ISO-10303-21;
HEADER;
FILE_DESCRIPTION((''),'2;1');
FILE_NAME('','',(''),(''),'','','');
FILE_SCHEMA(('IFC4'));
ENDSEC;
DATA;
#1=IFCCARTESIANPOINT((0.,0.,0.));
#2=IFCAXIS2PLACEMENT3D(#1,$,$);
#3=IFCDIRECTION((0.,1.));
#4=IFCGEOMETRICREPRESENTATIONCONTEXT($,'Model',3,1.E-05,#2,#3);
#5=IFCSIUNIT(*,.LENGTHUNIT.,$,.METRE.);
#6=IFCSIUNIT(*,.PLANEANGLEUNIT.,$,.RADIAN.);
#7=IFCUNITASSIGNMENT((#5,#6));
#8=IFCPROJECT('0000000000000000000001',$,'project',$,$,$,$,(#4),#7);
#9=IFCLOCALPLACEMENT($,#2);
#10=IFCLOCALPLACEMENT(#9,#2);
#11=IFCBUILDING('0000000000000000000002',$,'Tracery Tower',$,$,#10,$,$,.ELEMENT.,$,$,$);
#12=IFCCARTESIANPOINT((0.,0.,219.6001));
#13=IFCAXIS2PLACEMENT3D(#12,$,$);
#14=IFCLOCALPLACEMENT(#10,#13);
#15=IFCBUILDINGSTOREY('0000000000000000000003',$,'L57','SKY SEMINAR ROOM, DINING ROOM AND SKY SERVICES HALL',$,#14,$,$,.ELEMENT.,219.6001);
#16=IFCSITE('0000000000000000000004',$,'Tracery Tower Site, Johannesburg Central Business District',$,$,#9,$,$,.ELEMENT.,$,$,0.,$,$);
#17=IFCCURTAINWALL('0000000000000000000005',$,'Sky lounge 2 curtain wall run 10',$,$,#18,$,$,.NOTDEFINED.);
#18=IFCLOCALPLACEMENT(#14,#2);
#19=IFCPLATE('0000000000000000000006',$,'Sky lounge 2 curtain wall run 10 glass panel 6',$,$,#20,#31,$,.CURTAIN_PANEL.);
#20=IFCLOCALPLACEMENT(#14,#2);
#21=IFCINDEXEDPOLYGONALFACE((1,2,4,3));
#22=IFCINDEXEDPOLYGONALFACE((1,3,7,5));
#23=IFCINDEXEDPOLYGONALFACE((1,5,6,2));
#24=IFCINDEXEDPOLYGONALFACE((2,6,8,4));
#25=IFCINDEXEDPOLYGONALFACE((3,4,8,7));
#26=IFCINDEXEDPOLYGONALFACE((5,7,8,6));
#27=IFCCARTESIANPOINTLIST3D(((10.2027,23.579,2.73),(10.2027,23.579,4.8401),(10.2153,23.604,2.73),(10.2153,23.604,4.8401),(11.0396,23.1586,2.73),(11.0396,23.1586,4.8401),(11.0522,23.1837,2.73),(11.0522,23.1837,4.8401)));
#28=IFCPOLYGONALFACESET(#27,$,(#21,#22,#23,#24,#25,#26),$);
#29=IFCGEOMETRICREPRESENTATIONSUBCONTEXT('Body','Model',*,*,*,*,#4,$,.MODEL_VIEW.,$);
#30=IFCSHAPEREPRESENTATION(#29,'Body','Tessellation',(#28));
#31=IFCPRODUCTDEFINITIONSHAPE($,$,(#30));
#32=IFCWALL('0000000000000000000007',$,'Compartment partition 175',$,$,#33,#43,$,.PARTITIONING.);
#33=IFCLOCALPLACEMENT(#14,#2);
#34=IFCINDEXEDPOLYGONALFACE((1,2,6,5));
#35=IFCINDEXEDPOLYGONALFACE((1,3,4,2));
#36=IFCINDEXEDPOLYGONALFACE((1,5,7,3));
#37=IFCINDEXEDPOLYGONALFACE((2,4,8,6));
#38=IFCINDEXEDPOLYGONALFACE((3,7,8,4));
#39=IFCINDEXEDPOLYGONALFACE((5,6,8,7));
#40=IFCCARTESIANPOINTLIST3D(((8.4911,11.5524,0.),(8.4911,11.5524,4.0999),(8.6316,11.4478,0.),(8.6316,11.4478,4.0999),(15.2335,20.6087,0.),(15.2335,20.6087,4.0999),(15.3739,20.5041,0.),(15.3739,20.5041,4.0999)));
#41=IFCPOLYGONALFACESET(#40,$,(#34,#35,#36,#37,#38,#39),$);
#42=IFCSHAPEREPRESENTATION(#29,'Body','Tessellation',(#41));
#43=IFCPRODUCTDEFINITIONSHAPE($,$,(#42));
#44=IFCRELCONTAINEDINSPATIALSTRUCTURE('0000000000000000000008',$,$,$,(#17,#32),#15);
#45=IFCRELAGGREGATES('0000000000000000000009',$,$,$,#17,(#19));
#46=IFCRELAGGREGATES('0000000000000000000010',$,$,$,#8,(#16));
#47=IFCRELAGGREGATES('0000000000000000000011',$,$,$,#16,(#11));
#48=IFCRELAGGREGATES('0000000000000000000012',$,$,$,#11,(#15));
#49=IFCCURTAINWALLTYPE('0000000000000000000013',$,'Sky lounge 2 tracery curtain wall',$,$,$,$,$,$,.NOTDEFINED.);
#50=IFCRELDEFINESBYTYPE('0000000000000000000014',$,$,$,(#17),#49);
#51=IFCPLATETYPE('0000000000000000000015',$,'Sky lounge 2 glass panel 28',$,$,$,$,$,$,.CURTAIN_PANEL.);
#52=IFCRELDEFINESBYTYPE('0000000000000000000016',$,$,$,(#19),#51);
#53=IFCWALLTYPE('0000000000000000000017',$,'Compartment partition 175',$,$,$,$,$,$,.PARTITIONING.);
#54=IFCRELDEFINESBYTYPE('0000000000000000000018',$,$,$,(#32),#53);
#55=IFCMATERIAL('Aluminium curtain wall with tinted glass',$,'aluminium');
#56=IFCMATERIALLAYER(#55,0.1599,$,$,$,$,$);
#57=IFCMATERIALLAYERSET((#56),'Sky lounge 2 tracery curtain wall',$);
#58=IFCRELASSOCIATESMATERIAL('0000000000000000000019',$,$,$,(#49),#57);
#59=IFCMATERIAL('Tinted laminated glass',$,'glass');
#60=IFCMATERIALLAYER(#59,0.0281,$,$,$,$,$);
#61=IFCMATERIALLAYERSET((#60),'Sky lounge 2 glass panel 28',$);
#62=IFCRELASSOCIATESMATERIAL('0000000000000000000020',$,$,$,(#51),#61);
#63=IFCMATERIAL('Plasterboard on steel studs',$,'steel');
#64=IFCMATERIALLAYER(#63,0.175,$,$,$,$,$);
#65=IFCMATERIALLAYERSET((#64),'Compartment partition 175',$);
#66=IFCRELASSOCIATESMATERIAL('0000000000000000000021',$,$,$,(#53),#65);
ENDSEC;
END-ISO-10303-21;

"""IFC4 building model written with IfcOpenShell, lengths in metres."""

from ifc_helpers import new_model, si_unit, direction, frame, frame_2d, origin, origin_2d, place, context, subcontext, project, spatial, rectangle, extrude, material, layer, layer_set, type_object, element, aggregate, save


model = new_model("IFC4")

# Units and contexts
model_context = context("Model", 3, precision=1e-05, world=origin(), true_north=direction((0.0, 1.0)))
body_context = subcontext(model_context, "Body", "Model", "MODEL_VIEW")
ifc_project = project(units=[si_unit("LENGTHUNIT", "METRE"), si_unit("PLANEANGLEUNIT", "RADIAN")], contexts=[model_context])

# Site, building, storey
site_placement = place(None, origin())
site = spatial("IfcSite", under=ifc_project, at=site_placement, Name="Tracery Tower Site, Johannesburg Central Business District", CompositionType="ELEMENT", RefElevation=0.0)
building_placement = place(site_placement, origin())
building = spatial("IfcBuilding", under=site, at=building_placement, Name="Tracery Tower", CompositionType="ELEMENT")
storey_placement = place(building_placement, frame((0.0, 0.0, 219.6001)))
storey = spatial("IfcBuildingStorey", under=building, at=storey_placement, Name="L57", Description="SKY SEMINAR ROOM, DINING ROOM AND SKY SERVICES HALL", CompositionType="ELEMENT", Elevation=219.6001)

# Curtain wall
ifc_material_1 = material(Name="Aluminium curtain wall with tinted glass", Category="aluminium")
ifc_layer_1 = layer(ifc_material_1, 0.1599)
ifc_layer_set_1 = layer_set([ifc_layer_1], Name="Sky lounge 2 tracery curtain wall")
curtain_wall_type = type_object("IfcCurtainWallType", Name="Sky lounge 2 tracery curtain wall", PredefinedType="NOTDEFINED", material=ifc_layer_set_1)
curtain_wall_1_placement = place(storey_placement, origin())
curtain_wall_1 = element("IfcCurtainWall", 1, at=curtain_wall_1_placement, inside=storey, type_object=curtain_wall_type, Name="Sky lounge 2 curtain wall run 10", PredefinedType="NOTDEFINED")

# Plate
ifc_material_2 = material(Name="Tinted laminated glass", Category="glass")
ifc_layer_2 = layer(ifc_material_2, 0.0281)
ifc_layer_set_2 = layer_set([ifc_layer_2], Name="Sky lounge 2 glass panel 28")
plate_type = type_object("IfcPlateType", Name="Sky lounge 2 glass panel 28", PredefinedType="CURTAIN_PANEL", material=ifc_layer_set_2)
plate_1_placement = place(storey_placement, frame((10.6274, 23.3813, 2.73), z_axis=(0.0, 0.0, 1.0), x_axis=(-0.893633, 0.448799, 0.0)))
plate_1 = element("IfcPlate", 2, at=plate_1_placement, type_object=plate_type, Name="Sky lounge 2 curtain wall run 10 glass panel 6", PredefinedType="CURTAIN_PANEL", context=body_context, shape_type="SweptSolid", body=[
    extrude(rectangle(XDim=0.9365, YDim=0.0281, at=origin_2d()), origin(), (0.0, 0.0, 1.0), 2.1101),
])
aggregate(curtain_wall_1, [plate_1])

# Wall
ifc_material_3 = material(Name="Plasterboard on steel studs", Category="steel")
ifc_layer_3 = layer(ifc_material_3, 0.175)
ifc_layer_set_3 = layer_set([ifc_layer_3], Name="Compartment partition 175")
wall_type = type_object("IfcWallType", Name="Compartment partition 175", PredefinedType="PARTITIONING", material=ifc_layer_set_3)
wall_placement = place(storey_placement, frame((15.3037, 20.5564, 0.0), z_axis=(0.0, 0.0, 1.0), x_axis=(-0.59717, -0.802115, 0.0)))
element("IfcWall", 3, at=wall_placement, inside=storey, type_object=wall_type, Name="Compartment partition 175", PredefinedType="PARTITIONING", context=body_context, shape_type="SweptSolid", body=[
    extrude(rectangle(XDim=11.2905, YDim=0.175, at=frame_2d((5.6453, 0.0))), origin(), (0.0, 0.0, 1.0), 4.0999),
])

save(model, "model.ifc")
